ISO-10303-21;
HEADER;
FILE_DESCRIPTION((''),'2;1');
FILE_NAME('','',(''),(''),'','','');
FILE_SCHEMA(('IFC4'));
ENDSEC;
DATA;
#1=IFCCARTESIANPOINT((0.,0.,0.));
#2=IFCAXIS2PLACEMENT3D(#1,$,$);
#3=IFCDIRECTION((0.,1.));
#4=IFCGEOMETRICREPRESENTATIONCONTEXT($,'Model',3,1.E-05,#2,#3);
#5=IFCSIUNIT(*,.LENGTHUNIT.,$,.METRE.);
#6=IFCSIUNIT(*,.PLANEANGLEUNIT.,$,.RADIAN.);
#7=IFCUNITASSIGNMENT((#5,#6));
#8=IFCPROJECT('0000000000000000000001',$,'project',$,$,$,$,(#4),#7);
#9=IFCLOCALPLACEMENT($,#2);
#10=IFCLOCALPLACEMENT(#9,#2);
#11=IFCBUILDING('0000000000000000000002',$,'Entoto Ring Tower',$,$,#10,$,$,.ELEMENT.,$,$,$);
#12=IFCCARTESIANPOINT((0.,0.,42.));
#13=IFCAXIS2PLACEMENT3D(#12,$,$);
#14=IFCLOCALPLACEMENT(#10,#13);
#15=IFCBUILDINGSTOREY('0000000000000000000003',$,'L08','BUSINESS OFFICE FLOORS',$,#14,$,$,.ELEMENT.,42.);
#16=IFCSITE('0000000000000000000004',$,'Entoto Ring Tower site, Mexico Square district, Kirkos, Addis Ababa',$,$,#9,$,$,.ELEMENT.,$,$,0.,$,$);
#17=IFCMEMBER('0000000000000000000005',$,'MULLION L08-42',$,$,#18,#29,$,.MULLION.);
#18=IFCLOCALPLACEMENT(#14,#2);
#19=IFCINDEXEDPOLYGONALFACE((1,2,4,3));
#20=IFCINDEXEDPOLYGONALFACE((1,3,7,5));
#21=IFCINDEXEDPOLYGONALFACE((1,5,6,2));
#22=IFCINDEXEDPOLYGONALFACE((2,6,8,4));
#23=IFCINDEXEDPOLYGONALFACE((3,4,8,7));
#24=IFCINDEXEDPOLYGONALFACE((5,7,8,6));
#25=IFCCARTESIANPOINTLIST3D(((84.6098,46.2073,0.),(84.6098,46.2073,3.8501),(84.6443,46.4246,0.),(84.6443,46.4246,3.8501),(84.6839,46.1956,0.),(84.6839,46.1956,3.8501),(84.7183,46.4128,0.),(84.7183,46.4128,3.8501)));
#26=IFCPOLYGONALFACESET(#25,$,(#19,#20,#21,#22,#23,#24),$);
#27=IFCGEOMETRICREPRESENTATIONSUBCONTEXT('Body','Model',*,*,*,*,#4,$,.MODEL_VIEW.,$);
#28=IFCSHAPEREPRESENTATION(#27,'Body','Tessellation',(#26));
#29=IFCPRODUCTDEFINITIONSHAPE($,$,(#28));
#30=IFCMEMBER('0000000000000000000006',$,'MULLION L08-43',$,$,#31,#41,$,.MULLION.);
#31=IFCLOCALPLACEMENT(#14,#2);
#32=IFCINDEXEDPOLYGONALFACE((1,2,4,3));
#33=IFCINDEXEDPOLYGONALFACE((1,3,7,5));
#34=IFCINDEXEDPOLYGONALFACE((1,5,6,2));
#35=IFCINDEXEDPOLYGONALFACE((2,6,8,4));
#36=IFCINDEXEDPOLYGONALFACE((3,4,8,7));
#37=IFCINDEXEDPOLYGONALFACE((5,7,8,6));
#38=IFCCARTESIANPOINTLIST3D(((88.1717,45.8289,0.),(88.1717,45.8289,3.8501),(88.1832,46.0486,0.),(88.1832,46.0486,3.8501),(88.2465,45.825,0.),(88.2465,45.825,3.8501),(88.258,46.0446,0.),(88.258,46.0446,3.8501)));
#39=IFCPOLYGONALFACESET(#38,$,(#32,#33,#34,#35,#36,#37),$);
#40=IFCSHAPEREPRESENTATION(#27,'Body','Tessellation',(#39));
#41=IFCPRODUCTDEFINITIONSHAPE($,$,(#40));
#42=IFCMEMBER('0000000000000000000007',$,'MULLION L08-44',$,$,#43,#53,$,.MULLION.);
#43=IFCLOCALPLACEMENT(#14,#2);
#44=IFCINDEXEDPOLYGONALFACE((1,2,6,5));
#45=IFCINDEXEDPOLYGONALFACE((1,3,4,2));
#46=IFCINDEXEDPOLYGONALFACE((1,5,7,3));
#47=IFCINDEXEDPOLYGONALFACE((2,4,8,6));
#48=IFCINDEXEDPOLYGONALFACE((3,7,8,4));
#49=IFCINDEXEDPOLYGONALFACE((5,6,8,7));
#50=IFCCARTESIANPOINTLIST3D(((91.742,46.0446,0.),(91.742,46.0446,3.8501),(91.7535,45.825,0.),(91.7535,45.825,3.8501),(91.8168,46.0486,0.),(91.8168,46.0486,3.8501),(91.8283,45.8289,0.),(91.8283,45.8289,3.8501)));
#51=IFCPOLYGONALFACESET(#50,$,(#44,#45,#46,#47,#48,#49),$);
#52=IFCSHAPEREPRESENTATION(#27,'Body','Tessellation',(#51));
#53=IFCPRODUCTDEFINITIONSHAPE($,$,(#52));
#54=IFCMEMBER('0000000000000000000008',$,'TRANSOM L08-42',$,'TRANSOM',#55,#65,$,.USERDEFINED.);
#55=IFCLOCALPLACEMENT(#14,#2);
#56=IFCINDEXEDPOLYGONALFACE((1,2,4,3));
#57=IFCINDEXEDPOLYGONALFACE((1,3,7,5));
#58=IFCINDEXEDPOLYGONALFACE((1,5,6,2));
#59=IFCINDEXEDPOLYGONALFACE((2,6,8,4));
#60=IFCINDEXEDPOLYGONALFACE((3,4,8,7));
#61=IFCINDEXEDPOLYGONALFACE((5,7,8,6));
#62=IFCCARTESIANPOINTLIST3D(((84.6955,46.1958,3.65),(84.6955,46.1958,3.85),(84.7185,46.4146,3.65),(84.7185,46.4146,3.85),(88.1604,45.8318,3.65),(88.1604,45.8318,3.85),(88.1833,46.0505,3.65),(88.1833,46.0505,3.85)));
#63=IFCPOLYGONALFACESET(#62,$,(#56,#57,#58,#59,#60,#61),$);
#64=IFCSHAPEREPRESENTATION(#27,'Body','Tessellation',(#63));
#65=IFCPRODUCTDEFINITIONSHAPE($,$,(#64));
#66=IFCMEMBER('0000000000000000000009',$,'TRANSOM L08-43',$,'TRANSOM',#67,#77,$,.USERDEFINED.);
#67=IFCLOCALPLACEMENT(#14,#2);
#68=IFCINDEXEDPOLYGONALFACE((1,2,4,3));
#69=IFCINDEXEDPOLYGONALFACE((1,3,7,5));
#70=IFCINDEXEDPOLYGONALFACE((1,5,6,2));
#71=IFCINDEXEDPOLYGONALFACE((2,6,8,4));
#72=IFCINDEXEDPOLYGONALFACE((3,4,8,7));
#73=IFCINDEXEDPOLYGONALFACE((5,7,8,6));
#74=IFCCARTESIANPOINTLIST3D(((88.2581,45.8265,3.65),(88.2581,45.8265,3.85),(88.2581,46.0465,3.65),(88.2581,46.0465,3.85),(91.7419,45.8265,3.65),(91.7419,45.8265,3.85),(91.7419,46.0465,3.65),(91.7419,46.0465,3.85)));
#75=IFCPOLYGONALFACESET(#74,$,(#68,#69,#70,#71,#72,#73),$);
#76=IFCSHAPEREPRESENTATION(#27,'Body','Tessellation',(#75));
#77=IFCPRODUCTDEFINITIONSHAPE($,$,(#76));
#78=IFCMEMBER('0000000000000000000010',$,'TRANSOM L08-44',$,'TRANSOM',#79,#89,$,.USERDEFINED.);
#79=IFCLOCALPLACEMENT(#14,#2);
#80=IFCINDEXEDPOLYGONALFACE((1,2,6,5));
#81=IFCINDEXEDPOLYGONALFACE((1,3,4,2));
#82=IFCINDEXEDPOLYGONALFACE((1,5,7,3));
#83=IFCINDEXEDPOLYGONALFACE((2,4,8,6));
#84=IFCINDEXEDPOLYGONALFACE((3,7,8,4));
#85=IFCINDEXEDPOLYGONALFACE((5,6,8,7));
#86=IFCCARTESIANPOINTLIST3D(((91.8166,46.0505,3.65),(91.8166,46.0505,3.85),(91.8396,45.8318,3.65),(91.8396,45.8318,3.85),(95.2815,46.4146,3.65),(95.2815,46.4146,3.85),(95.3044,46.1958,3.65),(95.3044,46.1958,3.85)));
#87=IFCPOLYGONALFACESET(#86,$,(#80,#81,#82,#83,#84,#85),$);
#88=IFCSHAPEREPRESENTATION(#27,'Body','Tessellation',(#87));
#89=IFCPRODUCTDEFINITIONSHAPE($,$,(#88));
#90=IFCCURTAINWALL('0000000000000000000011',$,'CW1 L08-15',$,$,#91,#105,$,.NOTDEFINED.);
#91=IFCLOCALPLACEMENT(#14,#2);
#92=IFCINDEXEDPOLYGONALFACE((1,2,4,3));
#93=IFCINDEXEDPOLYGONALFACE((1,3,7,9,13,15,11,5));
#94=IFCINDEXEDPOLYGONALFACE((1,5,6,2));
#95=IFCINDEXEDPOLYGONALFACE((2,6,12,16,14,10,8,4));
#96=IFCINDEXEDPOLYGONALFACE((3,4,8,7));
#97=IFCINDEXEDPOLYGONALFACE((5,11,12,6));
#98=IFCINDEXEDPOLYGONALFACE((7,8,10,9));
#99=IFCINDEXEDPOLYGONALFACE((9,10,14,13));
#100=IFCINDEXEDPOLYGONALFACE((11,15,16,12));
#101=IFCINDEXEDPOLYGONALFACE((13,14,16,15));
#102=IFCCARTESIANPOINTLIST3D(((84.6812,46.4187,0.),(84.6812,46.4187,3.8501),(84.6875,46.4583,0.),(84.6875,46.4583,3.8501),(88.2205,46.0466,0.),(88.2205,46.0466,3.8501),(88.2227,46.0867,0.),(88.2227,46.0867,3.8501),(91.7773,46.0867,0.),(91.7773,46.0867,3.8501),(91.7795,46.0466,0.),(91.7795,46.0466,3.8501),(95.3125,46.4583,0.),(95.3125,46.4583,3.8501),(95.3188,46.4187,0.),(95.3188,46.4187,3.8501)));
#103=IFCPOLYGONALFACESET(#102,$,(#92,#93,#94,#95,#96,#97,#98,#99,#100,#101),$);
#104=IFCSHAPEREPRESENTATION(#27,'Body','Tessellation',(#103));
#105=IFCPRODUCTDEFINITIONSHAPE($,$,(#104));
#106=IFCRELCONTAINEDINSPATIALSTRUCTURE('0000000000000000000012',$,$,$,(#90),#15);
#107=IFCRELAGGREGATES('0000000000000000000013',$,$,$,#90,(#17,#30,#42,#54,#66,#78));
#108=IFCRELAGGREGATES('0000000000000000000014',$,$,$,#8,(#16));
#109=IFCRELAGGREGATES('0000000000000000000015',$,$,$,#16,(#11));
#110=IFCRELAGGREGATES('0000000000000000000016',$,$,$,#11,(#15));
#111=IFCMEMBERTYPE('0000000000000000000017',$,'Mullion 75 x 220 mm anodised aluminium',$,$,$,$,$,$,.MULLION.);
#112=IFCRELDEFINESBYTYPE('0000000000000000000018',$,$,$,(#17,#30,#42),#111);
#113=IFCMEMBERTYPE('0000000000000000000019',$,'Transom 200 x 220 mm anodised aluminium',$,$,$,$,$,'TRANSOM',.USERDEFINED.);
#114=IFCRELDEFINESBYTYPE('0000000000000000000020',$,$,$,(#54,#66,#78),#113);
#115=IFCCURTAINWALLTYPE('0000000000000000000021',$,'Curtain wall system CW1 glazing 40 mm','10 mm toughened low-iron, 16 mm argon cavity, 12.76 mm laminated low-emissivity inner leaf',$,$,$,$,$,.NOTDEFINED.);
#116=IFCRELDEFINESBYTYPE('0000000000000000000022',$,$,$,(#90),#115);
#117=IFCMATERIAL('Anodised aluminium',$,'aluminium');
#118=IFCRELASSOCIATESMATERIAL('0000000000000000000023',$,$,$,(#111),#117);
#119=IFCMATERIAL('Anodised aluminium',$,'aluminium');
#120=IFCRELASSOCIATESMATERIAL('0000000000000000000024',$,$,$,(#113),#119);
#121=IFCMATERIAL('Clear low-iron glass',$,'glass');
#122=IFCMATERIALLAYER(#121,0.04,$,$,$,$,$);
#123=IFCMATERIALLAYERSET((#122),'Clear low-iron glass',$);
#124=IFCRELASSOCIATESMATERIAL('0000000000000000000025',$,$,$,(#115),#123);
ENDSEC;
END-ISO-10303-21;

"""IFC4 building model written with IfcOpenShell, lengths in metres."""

from ifc_helpers import new_model, si_unit, direction, frame, origin, origin_2d, place, context, subcontext, project, spatial, polyline, rectangle, outline, extrude, material, layer, layer_set, material_profile, profile_set, type_object, element, aggregate, save


model = new_model("IFC4")

# Units and contexts
model_context = context("Model", 3, precision=1e-05, world=origin(), true_north=direction((0.0, 1.0)))
body_context = subcontext(model_context, "Body", "Model", "MODEL_VIEW")
ifc_project = project(units=[si_unit("LENGTHUNIT", "METRE"), si_unit("PLANEANGLEUNIT", "RADIAN")], contexts=[model_context])

# Members
ifc_material_1 = material(Name="Anodised aluminium", Category="aluminium")
ifc_material_profile_1 = material_profile(ifc_material_1, rectangle(XDim=0.075, YDim=0.22, at=origin_2d()), Name="Mullion 75 x 220 mm anodised aluminium")
ifc_profile_set_1 = profile_set([ifc_material_profile_1], Name="Anodised aluminium")
member_type_1 = type_object("IfcMemberType", Name="Mullion 75 x 220 mm anodised aluminium", PredefinedType="MULLION", material=ifc_profile_set_1)
site_placement = place(None, origin())
building_placement = place(site_placement, origin())
storey_placement = place(building_placement, frame((0.0, 0.0, 42.0)))
member_1_placement = place(storey_placement, frame((84.6641, 46.3101, 0.0), z_axis=(0.0, 0.0, 1.0), x_axis=(0.987688, -0.156434, 0.0)))
member_1 = element("IfcMember", 1, at=member_1_placement, type_object=member_type_1, Name="MULLION L08-42", PredefinedType="MULLION", context=body_context, shape_type="SweptSolid", body=[
    extrude(rectangle(XDim=0.075, YDim=0.22, at=origin_2d()), origin(), (0.0, 0.0, 1.0), 3.8501),
])
member_2_placement = place(storey_placement, frame((88.2148, 45.9368, 0.0), z_axis=(0.0, 0.0, 1.0), x_axis=(0.99863, -0.052336, 0.0)))
member_2 = element("IfcMember", 2, at=member_2_placement, type_object=member_type_1, Name="MULLION L08-43", PredefinedType="MULLION", context=body_context, shape_type="SweptSolid", body=[
    extrude(rectangle(XDim=0.075, YDim=0.22, at=origin_2d()), origin(), (0.0, 0.0, 1.0), 3.8501),
])
member_3_placement = place(storey_placement, frame((91.7852, 45.9368, 0.0), z_axis=(0.0, 0.0, 1.0), x_axis=(0.99863, 0.052336, 0.0)))
member_3 = element("IfcMember", 3, at=member_3_placement, type_object=member_type_1, Name="MULLION L08-44", PredefinedType="MULLION", context=body_context, shape_type="SweptSolid", body=[
    extrude(rectangle(XDim=0.075, YDim=0.22, at=origin_2d()), origin(), (0.0, 0.0, 1.0), 3.8501),
])
ifc_material_2 = material(Name="Anodised aluminium", Category="aluminium")
ifc_material_profile_2 = material_profile(ifc_material_2, rectangle(XDim=0.22, YDim=0.2, at=origin_2d()), Name="Transom 200 x 220 mm anodised aluminium")
ifc_profile_set_2 = profile_set([ifc_material_profile_2], Name="Anodised aluminium")
member_type_2 = type_object("IfcMemberType", Name="Transom 200 x 220 mm anodised aluminium", ElementType="TRANSOM", PredefinedType="USERDEFINED", material=ifc_profile_set_2)
member_4_placement = place(storey_placement, frame((84.707, 46.3052, 3.75), z_axis=(0.994527, -0.104484, 0.0), x_axis=(0.104484, 0.994527, 0.0)))
member_4 = element("IfcMember", 4, at=member_4_placement, type_object=member_type_2, Name="TRANSOM L08-42", ObjectType="TRANSOM", PredefinedType="USERDEFINED", context=body_context, shape_type="SweptSolid", body=[
    extrude(rectangle(XDim=0.22, YDim=0.2, at=origin_2d()), origin(), (0.0, 0.0, 1.0), 3.4839),
])
member_5_placement = place(storey_placement, frame((88.2581, 45.9365, 3.75), z_axis=(1.0, 0.0, 0.0), x_axis=(0.0, 1.0, 0.0)))
member_5 = element("IfcMember", 5, at=member_5_placement, type_object=member_type_2, Name="TRANSOM L08-43", ObjectType="TRANSOM", PredefinedType="USERDEFINED", context=body_context, shape_type="SweptSolid", body=[
    extrude(rectangle(XDim=0.22, YDim=0.2, at=origin_2d()), origin(), (0.0, 0.0, 1.0), 3.4839),
])
member_6_placement = place(storey_placement, frame((91.8281, 45.9412, 3.75), z_axis=(0.994527, 0.104484, 0.0), x_axis=(-0.104484, 0.994527, 0.0)))
member_6 = element("IfcMember", 6, at=member_6_placement, type_object=member_type_2, Name="TRANSOM L08-44", ObjectType="TRANSOM", PredefinedType="USERDEFINED", context=body_context, shape_type="SweptSolid", body=[
    extrude(rectangle(XDim=0.22, YDim=0.2, at=origin_2d()), origin(), (0.0, 0.0, 1.0), 3.4839),
])

# Site, building, storey
site = spatial("IfcSite", under=ifc_project, at=site_placement, Name="Entoto Ring Tower site, Mexico Square district, Kirkos, Addis Ababa", CompositionType="ELEMENT", RefElevation=0.0)
building = spatial("IfcBuilding", under=site, at=building_placement, Name="Entoto Ring Tower", CompositionType="ELEMENT")
storey = spatial("IfcBuildingStorey", under=building, at=storey_placement, Name="L08", Description="BUSINESS OFFICE FLOORS", CompositionType="ELEMENT", Elevation=42.0)

# Curtain wall
ifc_material_3 = material(Name="Clear low-iron glass", Category="glass")
ifc_layer = layer(ifc_material_3, 0.04)
ifc_layer_set = layer_set([ifc_layer], Name="Clear low-iron glass")
curtain_wall_type = type_object("IfcCurtainWallType", Name="Curtain wall system CW1 glazing 40 mm", Description="10 mm toughened low-iron, 16 mm argon cavity, 12.76 mm laminated low-emissivity inner leaf", PredefinedType="NOTDEFINED", material=ifc_layer_set)
curtain_wall_1_placement = place(storey_placement, origin())
curtain_wall_1 = element("IfcCurtainWall", 7, at=curtain_wall_1_placement, inside=storey, type_object=curtain_wall_type, Name="CW1 L08-15", PredefinedType="NOTDEFINED", context=body_context, shape_type="SweptSolid", body=[
    extrude(outline(polyline([(84.6812, 46.4187), (88.2205, 46.0466), (91.7795, 46.0466), (95.3188, 46.4187), (95.3125, 46.4583), (91.7773, 46.0867), (88.2227, 46.0867), (84.6875, 46.4583), (84.6812, 46.4187)])), origin(), (0.0, 0.0, 1.0), 3.8501),
])
aggregate(curtain_wall_1, [member_1, member_2, member_3, member_4, member_5, member_6])

save(model, "model.ifc")
